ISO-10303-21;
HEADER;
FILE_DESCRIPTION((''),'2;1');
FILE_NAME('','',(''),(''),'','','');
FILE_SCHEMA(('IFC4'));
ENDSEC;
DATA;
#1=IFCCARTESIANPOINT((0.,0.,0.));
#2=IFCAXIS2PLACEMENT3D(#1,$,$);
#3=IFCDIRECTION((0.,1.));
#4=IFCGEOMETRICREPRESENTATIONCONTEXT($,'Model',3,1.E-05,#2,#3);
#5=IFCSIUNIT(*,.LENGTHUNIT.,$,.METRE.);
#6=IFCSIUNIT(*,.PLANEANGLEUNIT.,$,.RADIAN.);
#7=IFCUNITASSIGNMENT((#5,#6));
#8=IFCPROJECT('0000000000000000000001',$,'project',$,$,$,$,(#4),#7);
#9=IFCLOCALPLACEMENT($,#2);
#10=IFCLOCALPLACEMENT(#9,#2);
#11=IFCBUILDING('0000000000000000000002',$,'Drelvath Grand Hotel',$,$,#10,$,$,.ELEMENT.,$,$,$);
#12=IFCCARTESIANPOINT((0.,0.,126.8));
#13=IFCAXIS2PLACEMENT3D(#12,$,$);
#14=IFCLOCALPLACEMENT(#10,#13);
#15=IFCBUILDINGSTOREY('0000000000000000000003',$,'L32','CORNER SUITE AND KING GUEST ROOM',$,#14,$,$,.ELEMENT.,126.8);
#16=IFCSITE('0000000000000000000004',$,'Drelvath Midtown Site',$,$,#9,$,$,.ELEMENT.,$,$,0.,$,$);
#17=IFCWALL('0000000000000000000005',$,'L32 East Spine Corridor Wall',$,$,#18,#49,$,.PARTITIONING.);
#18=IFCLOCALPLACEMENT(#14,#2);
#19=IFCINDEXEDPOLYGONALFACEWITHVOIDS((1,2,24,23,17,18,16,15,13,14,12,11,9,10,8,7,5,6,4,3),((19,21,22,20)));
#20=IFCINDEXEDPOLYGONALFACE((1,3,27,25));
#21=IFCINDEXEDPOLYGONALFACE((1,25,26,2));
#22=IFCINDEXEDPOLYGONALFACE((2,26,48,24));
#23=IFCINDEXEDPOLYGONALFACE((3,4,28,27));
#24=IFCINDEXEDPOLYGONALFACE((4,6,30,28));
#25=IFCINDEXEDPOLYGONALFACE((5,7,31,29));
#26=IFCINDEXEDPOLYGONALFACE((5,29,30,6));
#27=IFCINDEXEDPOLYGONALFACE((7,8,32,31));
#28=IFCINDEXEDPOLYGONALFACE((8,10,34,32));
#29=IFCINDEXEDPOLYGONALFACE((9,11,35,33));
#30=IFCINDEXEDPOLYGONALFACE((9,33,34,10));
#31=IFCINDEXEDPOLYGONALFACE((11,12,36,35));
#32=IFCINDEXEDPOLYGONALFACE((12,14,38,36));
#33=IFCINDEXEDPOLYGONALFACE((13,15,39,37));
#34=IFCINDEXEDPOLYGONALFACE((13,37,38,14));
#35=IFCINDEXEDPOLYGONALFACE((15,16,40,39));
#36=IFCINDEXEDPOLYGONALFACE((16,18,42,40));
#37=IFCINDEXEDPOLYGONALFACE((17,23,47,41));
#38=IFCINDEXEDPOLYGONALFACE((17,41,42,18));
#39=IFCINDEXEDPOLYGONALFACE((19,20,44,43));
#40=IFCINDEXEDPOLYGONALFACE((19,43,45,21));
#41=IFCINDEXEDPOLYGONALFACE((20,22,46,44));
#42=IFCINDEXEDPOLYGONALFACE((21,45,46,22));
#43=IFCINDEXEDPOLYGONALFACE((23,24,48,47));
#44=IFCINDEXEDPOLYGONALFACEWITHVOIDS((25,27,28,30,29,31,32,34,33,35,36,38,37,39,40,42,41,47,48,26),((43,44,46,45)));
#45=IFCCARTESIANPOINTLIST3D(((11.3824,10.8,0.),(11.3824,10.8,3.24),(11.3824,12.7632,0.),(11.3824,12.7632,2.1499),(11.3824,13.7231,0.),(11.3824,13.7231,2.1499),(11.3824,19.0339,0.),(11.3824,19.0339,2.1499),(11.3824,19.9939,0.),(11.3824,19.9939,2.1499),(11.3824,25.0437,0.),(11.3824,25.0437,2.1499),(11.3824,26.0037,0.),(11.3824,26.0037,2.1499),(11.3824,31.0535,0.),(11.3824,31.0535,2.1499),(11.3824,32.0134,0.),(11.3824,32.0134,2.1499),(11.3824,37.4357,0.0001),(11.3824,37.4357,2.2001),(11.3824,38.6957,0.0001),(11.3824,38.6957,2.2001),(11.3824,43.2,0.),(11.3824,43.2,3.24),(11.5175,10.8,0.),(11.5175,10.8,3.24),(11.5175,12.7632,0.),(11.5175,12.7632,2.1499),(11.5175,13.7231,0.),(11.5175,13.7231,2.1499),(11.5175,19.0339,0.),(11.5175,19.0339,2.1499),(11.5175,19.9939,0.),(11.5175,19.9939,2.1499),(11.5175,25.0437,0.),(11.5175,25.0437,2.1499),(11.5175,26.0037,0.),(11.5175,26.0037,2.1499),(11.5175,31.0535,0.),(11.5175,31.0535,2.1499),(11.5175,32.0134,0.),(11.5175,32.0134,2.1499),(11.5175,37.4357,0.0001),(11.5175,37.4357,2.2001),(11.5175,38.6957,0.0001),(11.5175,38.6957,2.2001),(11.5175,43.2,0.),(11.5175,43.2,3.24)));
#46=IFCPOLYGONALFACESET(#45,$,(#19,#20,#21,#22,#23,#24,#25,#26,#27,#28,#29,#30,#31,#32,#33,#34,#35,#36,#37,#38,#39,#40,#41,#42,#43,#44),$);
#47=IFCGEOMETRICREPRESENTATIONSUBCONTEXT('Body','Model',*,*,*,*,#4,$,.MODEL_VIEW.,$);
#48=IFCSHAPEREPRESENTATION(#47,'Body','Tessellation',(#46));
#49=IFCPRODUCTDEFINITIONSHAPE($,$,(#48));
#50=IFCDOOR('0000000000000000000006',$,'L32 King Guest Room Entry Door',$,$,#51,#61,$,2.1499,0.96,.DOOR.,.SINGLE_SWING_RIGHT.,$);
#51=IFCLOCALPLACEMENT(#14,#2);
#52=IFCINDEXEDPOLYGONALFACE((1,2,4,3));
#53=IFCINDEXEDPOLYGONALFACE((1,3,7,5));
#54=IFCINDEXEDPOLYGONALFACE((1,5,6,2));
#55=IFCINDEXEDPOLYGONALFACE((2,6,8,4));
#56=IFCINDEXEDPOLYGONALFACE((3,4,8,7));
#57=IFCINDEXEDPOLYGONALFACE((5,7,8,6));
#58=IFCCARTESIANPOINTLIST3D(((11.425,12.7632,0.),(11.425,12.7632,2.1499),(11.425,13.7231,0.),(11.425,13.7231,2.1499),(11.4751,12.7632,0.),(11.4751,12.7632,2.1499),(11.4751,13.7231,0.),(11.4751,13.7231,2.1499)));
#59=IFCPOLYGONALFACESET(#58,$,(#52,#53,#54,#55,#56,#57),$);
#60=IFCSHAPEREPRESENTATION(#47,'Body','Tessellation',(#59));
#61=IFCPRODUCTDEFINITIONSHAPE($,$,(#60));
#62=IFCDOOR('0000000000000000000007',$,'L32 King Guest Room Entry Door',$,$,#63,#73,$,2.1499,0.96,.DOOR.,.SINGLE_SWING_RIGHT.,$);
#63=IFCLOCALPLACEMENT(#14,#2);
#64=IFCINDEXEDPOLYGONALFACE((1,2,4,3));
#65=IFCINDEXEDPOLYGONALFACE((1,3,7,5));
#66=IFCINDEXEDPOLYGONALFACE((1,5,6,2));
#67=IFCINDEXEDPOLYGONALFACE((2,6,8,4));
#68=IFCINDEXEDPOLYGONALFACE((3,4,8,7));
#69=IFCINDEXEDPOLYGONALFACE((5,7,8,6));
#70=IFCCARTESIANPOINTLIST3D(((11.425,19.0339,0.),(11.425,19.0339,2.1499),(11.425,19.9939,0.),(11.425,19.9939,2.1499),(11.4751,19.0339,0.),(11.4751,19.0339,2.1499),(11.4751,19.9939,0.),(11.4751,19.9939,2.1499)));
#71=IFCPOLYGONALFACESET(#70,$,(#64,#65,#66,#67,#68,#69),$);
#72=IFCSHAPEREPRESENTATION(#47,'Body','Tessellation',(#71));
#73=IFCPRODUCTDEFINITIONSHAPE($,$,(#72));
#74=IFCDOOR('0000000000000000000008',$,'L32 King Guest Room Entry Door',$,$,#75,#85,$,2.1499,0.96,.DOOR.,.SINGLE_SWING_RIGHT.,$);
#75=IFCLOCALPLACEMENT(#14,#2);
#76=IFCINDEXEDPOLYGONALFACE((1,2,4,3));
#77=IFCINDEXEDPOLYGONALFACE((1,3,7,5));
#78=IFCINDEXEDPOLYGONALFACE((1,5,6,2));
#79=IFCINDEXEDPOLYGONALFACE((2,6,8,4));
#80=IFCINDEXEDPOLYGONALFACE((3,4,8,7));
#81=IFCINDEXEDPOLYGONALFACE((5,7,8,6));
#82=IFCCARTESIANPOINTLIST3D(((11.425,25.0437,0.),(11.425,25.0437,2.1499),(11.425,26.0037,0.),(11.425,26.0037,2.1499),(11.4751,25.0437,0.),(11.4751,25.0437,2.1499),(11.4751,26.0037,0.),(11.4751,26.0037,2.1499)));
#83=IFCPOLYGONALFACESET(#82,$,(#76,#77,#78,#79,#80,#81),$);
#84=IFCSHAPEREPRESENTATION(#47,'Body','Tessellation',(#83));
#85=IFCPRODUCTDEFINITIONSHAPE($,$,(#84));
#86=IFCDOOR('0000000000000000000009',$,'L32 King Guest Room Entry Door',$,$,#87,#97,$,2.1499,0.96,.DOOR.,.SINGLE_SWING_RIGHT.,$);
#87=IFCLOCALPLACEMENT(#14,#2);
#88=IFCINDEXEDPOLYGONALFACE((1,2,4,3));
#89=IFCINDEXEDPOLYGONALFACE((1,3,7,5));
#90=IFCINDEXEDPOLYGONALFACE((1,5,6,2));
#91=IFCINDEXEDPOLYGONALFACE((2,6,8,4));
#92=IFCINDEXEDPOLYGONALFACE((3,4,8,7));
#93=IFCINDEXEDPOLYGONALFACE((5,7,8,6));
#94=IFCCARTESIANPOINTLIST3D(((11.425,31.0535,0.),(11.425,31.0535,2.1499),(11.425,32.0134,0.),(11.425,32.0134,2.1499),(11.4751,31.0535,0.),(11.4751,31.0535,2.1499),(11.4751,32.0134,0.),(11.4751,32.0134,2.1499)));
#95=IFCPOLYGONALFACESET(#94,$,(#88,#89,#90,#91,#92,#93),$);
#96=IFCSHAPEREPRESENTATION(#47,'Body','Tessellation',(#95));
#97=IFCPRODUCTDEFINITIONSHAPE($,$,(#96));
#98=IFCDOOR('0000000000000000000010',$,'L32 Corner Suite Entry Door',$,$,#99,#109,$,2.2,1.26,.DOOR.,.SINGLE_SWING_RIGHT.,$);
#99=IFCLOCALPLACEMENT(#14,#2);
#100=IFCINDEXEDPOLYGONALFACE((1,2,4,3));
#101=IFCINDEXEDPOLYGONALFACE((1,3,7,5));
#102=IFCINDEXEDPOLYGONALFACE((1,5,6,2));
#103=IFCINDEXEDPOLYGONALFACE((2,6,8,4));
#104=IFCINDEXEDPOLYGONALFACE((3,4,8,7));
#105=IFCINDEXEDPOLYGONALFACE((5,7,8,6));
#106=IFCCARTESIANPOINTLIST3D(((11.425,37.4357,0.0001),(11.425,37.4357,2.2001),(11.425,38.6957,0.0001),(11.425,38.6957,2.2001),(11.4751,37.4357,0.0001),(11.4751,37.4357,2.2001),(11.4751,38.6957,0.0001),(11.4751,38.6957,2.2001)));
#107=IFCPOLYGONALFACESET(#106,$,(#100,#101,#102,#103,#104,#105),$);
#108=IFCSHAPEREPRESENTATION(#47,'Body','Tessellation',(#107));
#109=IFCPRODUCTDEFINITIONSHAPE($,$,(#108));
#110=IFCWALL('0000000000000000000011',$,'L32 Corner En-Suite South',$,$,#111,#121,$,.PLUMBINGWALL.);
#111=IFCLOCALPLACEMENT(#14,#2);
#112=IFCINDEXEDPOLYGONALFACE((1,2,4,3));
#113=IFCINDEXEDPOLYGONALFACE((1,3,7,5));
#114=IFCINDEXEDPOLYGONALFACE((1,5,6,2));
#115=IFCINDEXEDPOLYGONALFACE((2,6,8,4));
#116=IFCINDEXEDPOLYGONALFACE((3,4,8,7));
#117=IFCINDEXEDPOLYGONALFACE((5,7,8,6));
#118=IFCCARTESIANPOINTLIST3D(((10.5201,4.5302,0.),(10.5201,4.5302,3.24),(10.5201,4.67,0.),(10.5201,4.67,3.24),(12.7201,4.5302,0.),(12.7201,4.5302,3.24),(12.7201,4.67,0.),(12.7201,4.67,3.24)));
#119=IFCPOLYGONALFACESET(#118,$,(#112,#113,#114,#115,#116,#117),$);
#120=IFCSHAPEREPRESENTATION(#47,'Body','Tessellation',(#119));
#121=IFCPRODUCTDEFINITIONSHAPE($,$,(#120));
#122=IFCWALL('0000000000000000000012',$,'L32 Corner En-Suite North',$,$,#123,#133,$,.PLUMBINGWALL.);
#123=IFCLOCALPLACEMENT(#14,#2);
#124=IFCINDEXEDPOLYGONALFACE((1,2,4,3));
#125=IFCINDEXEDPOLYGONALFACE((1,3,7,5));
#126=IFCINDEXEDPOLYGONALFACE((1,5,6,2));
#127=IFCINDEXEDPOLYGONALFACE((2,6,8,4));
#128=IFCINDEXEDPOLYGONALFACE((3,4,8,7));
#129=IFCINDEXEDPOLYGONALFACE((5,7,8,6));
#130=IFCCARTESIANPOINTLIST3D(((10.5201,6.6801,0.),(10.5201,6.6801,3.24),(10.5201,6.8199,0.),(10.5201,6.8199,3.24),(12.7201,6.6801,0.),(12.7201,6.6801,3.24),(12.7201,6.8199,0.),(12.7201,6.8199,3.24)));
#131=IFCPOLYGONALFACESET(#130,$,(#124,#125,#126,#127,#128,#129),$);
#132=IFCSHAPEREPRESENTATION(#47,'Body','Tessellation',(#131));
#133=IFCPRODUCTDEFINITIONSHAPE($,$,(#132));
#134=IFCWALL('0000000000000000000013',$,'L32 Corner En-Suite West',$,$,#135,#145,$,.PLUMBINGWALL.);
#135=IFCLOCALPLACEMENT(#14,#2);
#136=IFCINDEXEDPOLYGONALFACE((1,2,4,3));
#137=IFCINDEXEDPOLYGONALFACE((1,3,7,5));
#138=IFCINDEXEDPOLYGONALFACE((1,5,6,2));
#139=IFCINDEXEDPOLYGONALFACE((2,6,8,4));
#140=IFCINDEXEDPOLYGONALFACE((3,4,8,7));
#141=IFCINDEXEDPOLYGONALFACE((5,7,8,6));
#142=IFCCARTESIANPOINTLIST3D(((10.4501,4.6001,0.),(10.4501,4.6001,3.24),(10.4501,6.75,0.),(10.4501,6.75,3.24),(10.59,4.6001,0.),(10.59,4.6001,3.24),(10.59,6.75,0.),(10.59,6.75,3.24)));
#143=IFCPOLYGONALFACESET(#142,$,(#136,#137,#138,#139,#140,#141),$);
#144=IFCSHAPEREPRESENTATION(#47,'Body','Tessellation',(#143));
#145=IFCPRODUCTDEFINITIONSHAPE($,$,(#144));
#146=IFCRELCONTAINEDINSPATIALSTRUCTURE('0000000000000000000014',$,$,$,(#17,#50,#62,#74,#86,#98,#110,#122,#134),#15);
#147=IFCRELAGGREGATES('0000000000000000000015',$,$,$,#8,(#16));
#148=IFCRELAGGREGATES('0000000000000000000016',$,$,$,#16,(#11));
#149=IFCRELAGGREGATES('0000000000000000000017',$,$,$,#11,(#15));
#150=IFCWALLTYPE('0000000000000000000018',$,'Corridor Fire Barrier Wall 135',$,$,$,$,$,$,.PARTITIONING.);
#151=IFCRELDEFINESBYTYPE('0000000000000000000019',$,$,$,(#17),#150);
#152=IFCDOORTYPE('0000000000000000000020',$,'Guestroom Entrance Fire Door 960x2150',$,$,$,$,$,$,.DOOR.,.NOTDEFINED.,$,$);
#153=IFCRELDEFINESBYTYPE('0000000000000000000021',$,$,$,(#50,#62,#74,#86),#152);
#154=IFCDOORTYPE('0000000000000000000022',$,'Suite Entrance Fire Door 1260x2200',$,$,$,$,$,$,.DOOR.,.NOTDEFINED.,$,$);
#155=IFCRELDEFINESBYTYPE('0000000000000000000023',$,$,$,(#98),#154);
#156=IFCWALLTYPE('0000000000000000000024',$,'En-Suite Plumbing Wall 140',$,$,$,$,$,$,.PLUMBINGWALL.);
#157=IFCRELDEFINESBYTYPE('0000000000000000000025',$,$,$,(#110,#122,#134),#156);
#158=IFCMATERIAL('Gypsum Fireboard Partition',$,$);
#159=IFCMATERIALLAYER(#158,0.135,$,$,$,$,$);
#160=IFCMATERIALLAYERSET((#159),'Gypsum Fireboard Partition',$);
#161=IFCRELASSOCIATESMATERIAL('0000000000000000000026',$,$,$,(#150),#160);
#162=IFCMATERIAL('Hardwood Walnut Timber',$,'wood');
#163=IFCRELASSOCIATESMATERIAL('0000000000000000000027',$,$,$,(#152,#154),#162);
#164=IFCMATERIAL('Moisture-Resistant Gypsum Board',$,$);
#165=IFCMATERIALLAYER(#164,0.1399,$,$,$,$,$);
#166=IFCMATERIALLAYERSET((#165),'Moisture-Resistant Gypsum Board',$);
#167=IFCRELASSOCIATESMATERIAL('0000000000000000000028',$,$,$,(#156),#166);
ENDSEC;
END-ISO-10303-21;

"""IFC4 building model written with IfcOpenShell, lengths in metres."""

from ifc_helpers import new_model, si_unit, direction, frame, frame_2d, origin, place, context, subcontext, project, spatial, rectangle, extrude, material, layer, layer_set, type_object, element, fill, save


model = new_model("IFC4")

# Units and contexts
model_context = context("Model", 3, precision=1e-05, world=origin(), true_north=direction((0.0, 1.0)))
body_context = subcontext(model_context, "Body", "Model", "MODEL_VIEW")
ifc_project = project(units=[si_unit("LENGTHUNIT", "METRE"), si_unit("PLANEANGLEUNIT", "RADIAN")], contexts=[model_context])

# Site, building, storey
site_placement = place(None, origin())
site = spatial("IfcSite", under=ifc_project, at=site_placement, Name="Drelvath Midtown Site", CompositionType="ELEMENT", RefElevation=0.0)
building_placement = place(site_placement, origin())
building = spatial("IfcBuilding", under=site, at=building_placement, Name="Drelvath Grand Hotel", CompositionType="ELEMENT")
storey_placement = place(building_placement, frame((0.0, 0.0, 126.8)))
storey = spatial("IfcBuildingStorey", under=building, at=storey_placement, Name="L32", Description="CORNER SUITE AND KING GUEST ROOM", CompositionType="ELEMENT", Elevation=126.8)

# Wall, openings, doors
ifc_material_1 = material(Name="Gypsum Fireboard Partition")
ifc_layer_1 = layer(ifc_material_1, 0.135)
ifc_layer_set_1 = layer_set([ifc_layer_1], Name="Gypsum Fireboard Partition")
wall_type_1 = type_object("IfcWallType", Name="Corridor Fire Barrier Wall 135", PredefinedType="PARTITIONING", material=ifc_layer_set_1)
wall_1_placement = place(storey_placement, frame((11.45, 10.8, 0.0), z_axis=(0.0, 0.0, 1.0), x_axis=(0.0, 1.0, 0.0)))
wall_1 = element("IfcWall", 1, at=wall_1_placement, inside=storey, type_object=wall_type_1, Name="L32 East Spine Corridor Wall", PredefinedType="PARTITIONING", context=body_context, shape_type="SweptSolid", body=[
    extrude(rectangle(XDim=32.3999, YDim=0.135, at=frame_2d((16.2, 0.0))), origin(), (0.0, 0.0, 1.0), 3.24),
])
opening_1_placement = place(wall_1_placement, frame((1.9631, 0.0, 0.0)))
opening_1 = element("IfcOpeningElement", 2, at=opening_1_placement, cuts=wall_1, PredefinedType="OPENING", context=body_context, shape_type="SweptSolid", body=[
    extrude(rectangle(XDim=0.96, YDim=2.1499, at=frame_2d((0.48, 1.075))), frame((0.0, 0.0774, 0.0), z_axis=(0.0, -1.0, 0.0), x_axis=(1.0, 0.0, 0.0)), (0.0, 0.0, 1.0), 0.155),
])
opening_2_placement = place(wall_1_placement, frame((8.2339, 0.0, 0.0)))
opening_2 = element("IfcOpeningElement", 3, at=opening_2_placement, cuts=wall_1, PredefinedType="OPENING", context=body_context, shape_type="SweptSolid", body=[
    extrude(rectangle(XDim=0.96, YDim=2.1499, at=frame_2d((0.48, 1.075))), frame((0.0, 0.0774, 0.0), z_axis=(0.0, -1.0, 0.0), x_axis=(1.0, 0.0, 0.0)), (0.0, 0.0, 1.0), 0.155),
])
opening_3_placement = place(wall_1_placement, frame((14.2437, 0.0, 0.0)))
opening_3 = element("IfcOpeningElement", 4, at=opening_3_placement, cuts=wall_1, PredefinedType="OPENING", context=body_context, shape_type="SweptSolid", body=[
    extrude(rectangle(XDim=0.96, YDim=2.1499, at=frame_2d((0.48, 1.075))), frame((0.0, 0.0774, 0.0), z_axis=(0.0, -1.0, 0.0), x_axis=(1.0, 0.0, 0.0)), (0.0, 0.0, 1.0), 0.155),
])
opening_4_placement = place(wall_1_placement, frame((20.2534, 0.0, 0.0)))
opening_4 = element("IfcOpeningElement", 5, at=opening_4_placement, cuts=wall_1, PredefinedType="OPENING", context=body_context, shape_type="SweptSolid", body=[
    extrude(rectangle(XDim=0.96, YDim=2.1499, at=frame_2d((0.48, 1.075))), frame((0.0, 0.0774, 0.0), z_axis=(0.0, -1.0, 0.0), x_axis=(1.0, 0.0, 0.0)), (0.0, 0.0, 1.0), 0.155),
])
opening_5_placement = place(wall_1_placement, frame((26.6357, 0.0, 0.0)))
opening_5 = element("IfcOpeningElement", 6, at=opening_5_placement, cuts=wall_1, PredefinedType="OPENING", context=body_context, shape_type="SweptSolid", body=[
    extrude(rectangle(XDim=1.26, YDim=2.2, at=frame_2d((0.6299, 1.1001))), frame((0.0, 0.0774, 0.0), z_axis=(0.0, -1.0, 0.0), x_axis=(1.0, 0.0, 0.0)), (0.0, 0.0, 1.0), 0.155),
])
ifc_material_2 = material(Name="Hardwood Walnut Timber", Category="wood")
door_type_1 = type_object("IfcDoorType", Name="Guestroom Entrance Fire Door 960x2150", OperationType="NOTDEFINED", PredefinedType="DOOR", material=ifc_material_2)
door_1_placement = place(opening_1_placement, origin())
door_1 = element("IfcDoor", 7, at=door_1_placement, inside=storey, type_object=door_type_1, Name="L32 King Guest Room Entry Door", OperationType="SINGLE_SWING_RIGHT", OverallHeight=2.1499, OverallWidth=0.96, PredefinedType="DOOR", context=body_context, shape_type="SweptSolid", body=[
    extrude(rectangle(XDim=0.96, YDim=2.1499, at=frame_2d((0.48, 1.075))), frame((0.0, 0.0249, 0.0), z_axis=(0.0, -1.0, 0.0), x_axis=(1.0, 0.0, 0.0)), (0.0, 0.0, 1.0), 0.05),
])
fill(opening_1, door_1)
door_2_placement = place(opening_2_placement, origin())
door_2 = element("IfcDoor", 8, at=door_2_placement, inside=storey, type_object=door_type_1, Name="L32 King Guest Room Entry Door", OperationType="SINGLE_SWING_RIGHT", OverallHeight=2.1499, OverallWidth=0.96, PredefinedType="DOOR", context=body_context, shape_type="SweptSolid", body=[
    extrude(rectangle(XDim=0.96, YDim=2.1499, at=frame_2d((0.48, 1.075))), frame((0.0, 0.0249, 0.0), z_axis=(0.0, -1.0, 0.0), x_axis=(1.0, 0.0, 0.0)), (0.0, 0.0, 1.0), 0.05),
])
fill(opening_2, door_2)
door_3_placement = place(opening_3_placement, origin())
door_3 = element("IfcDoor", 9, at=door_3_placement, inside=storey, type_object=door_type_1, Name="L32 King Guest Room Entry Door", OperationType="SINGLE_SWING_RIGHT", OverallHeight=2.1499, OverallWidth=0.96, PredefinedType="DOOR", context=body_context, shape_type="SweptSolid", body=[
    extrude(rectangle(XDim=0.96, YDim=2.1499, at=frame_2d((0.48, 1.075))), frame((0.0, 0.0249, 0.0), z_axis=(0.0, -1.0, 0.0), x_axis=(1.0, 0.0, 0.0)), (0.0, 0.0, 1.0), 0.05),
])
fill(opening_3, door_3)
door_4_placement = place(opening_4_placement, origin())
door_4 = element("IfcDoor", 10, at=door_4_placement, inside=storey, type_object=door_type_1, Name="L32 King Guest Room Entry Door", OperationType="SINGLE_SWING_RIGHT", OverallHeight=2.1499, OverallWidth=0.96, PredefinedType="DOOR", context=body_context, shape_type="SweptSolid", body=[
    extrude(rectangle(XDim=0.96, YDim=2.1499, at=frame_2d((0.48, 1.075))), frame((0.0, 0.0249, 0.0), z_axis=(0.0, -1.0, 0.0), x_axis=(1.0, 0.0, 0.0)), (0.0, 0.0, 1.0), 0.05),
])
fill(opening_4, door_4)
door_type_2 = type_object("IfcDoorType", Name="Suite Entrance Fire Door 1260x2200", OperationType="NOTDEFINED", PredefinedType="DOOR", material=ifc_material_2)
door_5_placement = place(opening_5_placement, origin())
door_5 = element("IfcDoor", 11, at=door_5_placement, inside=storey, type_object=door_type_2, Name="L32 Corner Suite Entry Door", OperationType="SINGLE_SWING_RIGHT", OverallHeight=2.2, OverallWidth=1.26, PredefinedType="DOOR", context=body_context, shape_type="SweptSolid", body=[
    extrude(rectangle(XDim=1.26, YDim=2.2, at=frame_2d((0.6299, 1.1001))), frame((0.0, 0.0249, 0.0), z_axis=(0.0, -1.0, 0.0), x_axis=(1.0, 0.0, 0.0)), (0.0, 0.0, 1.0), 0.05),
])
fill(opening_5, door_5)

# Walls
ifc_material_3 = material(Name="Moisture-Resistant Gypsum Board")
ifc_layer_2 = layer(ifc_material_3, 0.1399)
ifc_layer_set_2 = layer_set([ifc_layer_2], Name="Moisture-Resistant Gypsum Board")
wall_type_2 = type_object("IfcWallType", Name="En-Suite Plumbing Wall 140", PredefinedType="PLUMBINGWALL", material=ifc_layer_set_2)
for number, where, z_axis, x_axis, name in (
    (12, (10.52, 4.6001, 0.0), (0.0, 0.0, 1.0), (1.0, 0.0, 0.0), "L32 Corner En-Suite South"),
    (13, (10.52, 6.75, 0.0), (0.0, 0.0, 1.0), (1.0, 0.0, 0.0), "L32 Corner En-Suite North"),
):
    element("IfcWall", number, at=place(storey_placement, frame(where, z_axis=z_axis, x_axis=x_axis)), inside=storey, type_object=wall_type_2, Name=name, PredefinedType="PLUMBINGWALL", context=body_context, shape_type="SweptSolid", body=[
        extrude(rectangle(XDim=2.2, YDim=0.1399, at=frame_2d((1.1001, 0.0))), origin(), (0.0, 0.0, 1.0), 3.24),
    ])
wall_2_placement = place(storey_placement, frame((10.52, 4.6001, 0.0), z_axis=(0.0, 0.0, 1.0), x_axis=(0.0, 1.0, 0.0)))
element("IfcWall", 14, at=wall_2_placement, inside=storey, type_object=wall_type_2, Name="L32 Corner En-Suite West", PredefinedType="PLUMBINGWALL", context=body_context, shape_type="SweptSolid", body=[
    extrude(rectangle(XDim=2.1499, YDim=0.1399, at=frame_2d((1.075, 0.0))), origin(), (0.0, 0.0, 1.0), 3.24),
])

save(model, "model.ifc")
